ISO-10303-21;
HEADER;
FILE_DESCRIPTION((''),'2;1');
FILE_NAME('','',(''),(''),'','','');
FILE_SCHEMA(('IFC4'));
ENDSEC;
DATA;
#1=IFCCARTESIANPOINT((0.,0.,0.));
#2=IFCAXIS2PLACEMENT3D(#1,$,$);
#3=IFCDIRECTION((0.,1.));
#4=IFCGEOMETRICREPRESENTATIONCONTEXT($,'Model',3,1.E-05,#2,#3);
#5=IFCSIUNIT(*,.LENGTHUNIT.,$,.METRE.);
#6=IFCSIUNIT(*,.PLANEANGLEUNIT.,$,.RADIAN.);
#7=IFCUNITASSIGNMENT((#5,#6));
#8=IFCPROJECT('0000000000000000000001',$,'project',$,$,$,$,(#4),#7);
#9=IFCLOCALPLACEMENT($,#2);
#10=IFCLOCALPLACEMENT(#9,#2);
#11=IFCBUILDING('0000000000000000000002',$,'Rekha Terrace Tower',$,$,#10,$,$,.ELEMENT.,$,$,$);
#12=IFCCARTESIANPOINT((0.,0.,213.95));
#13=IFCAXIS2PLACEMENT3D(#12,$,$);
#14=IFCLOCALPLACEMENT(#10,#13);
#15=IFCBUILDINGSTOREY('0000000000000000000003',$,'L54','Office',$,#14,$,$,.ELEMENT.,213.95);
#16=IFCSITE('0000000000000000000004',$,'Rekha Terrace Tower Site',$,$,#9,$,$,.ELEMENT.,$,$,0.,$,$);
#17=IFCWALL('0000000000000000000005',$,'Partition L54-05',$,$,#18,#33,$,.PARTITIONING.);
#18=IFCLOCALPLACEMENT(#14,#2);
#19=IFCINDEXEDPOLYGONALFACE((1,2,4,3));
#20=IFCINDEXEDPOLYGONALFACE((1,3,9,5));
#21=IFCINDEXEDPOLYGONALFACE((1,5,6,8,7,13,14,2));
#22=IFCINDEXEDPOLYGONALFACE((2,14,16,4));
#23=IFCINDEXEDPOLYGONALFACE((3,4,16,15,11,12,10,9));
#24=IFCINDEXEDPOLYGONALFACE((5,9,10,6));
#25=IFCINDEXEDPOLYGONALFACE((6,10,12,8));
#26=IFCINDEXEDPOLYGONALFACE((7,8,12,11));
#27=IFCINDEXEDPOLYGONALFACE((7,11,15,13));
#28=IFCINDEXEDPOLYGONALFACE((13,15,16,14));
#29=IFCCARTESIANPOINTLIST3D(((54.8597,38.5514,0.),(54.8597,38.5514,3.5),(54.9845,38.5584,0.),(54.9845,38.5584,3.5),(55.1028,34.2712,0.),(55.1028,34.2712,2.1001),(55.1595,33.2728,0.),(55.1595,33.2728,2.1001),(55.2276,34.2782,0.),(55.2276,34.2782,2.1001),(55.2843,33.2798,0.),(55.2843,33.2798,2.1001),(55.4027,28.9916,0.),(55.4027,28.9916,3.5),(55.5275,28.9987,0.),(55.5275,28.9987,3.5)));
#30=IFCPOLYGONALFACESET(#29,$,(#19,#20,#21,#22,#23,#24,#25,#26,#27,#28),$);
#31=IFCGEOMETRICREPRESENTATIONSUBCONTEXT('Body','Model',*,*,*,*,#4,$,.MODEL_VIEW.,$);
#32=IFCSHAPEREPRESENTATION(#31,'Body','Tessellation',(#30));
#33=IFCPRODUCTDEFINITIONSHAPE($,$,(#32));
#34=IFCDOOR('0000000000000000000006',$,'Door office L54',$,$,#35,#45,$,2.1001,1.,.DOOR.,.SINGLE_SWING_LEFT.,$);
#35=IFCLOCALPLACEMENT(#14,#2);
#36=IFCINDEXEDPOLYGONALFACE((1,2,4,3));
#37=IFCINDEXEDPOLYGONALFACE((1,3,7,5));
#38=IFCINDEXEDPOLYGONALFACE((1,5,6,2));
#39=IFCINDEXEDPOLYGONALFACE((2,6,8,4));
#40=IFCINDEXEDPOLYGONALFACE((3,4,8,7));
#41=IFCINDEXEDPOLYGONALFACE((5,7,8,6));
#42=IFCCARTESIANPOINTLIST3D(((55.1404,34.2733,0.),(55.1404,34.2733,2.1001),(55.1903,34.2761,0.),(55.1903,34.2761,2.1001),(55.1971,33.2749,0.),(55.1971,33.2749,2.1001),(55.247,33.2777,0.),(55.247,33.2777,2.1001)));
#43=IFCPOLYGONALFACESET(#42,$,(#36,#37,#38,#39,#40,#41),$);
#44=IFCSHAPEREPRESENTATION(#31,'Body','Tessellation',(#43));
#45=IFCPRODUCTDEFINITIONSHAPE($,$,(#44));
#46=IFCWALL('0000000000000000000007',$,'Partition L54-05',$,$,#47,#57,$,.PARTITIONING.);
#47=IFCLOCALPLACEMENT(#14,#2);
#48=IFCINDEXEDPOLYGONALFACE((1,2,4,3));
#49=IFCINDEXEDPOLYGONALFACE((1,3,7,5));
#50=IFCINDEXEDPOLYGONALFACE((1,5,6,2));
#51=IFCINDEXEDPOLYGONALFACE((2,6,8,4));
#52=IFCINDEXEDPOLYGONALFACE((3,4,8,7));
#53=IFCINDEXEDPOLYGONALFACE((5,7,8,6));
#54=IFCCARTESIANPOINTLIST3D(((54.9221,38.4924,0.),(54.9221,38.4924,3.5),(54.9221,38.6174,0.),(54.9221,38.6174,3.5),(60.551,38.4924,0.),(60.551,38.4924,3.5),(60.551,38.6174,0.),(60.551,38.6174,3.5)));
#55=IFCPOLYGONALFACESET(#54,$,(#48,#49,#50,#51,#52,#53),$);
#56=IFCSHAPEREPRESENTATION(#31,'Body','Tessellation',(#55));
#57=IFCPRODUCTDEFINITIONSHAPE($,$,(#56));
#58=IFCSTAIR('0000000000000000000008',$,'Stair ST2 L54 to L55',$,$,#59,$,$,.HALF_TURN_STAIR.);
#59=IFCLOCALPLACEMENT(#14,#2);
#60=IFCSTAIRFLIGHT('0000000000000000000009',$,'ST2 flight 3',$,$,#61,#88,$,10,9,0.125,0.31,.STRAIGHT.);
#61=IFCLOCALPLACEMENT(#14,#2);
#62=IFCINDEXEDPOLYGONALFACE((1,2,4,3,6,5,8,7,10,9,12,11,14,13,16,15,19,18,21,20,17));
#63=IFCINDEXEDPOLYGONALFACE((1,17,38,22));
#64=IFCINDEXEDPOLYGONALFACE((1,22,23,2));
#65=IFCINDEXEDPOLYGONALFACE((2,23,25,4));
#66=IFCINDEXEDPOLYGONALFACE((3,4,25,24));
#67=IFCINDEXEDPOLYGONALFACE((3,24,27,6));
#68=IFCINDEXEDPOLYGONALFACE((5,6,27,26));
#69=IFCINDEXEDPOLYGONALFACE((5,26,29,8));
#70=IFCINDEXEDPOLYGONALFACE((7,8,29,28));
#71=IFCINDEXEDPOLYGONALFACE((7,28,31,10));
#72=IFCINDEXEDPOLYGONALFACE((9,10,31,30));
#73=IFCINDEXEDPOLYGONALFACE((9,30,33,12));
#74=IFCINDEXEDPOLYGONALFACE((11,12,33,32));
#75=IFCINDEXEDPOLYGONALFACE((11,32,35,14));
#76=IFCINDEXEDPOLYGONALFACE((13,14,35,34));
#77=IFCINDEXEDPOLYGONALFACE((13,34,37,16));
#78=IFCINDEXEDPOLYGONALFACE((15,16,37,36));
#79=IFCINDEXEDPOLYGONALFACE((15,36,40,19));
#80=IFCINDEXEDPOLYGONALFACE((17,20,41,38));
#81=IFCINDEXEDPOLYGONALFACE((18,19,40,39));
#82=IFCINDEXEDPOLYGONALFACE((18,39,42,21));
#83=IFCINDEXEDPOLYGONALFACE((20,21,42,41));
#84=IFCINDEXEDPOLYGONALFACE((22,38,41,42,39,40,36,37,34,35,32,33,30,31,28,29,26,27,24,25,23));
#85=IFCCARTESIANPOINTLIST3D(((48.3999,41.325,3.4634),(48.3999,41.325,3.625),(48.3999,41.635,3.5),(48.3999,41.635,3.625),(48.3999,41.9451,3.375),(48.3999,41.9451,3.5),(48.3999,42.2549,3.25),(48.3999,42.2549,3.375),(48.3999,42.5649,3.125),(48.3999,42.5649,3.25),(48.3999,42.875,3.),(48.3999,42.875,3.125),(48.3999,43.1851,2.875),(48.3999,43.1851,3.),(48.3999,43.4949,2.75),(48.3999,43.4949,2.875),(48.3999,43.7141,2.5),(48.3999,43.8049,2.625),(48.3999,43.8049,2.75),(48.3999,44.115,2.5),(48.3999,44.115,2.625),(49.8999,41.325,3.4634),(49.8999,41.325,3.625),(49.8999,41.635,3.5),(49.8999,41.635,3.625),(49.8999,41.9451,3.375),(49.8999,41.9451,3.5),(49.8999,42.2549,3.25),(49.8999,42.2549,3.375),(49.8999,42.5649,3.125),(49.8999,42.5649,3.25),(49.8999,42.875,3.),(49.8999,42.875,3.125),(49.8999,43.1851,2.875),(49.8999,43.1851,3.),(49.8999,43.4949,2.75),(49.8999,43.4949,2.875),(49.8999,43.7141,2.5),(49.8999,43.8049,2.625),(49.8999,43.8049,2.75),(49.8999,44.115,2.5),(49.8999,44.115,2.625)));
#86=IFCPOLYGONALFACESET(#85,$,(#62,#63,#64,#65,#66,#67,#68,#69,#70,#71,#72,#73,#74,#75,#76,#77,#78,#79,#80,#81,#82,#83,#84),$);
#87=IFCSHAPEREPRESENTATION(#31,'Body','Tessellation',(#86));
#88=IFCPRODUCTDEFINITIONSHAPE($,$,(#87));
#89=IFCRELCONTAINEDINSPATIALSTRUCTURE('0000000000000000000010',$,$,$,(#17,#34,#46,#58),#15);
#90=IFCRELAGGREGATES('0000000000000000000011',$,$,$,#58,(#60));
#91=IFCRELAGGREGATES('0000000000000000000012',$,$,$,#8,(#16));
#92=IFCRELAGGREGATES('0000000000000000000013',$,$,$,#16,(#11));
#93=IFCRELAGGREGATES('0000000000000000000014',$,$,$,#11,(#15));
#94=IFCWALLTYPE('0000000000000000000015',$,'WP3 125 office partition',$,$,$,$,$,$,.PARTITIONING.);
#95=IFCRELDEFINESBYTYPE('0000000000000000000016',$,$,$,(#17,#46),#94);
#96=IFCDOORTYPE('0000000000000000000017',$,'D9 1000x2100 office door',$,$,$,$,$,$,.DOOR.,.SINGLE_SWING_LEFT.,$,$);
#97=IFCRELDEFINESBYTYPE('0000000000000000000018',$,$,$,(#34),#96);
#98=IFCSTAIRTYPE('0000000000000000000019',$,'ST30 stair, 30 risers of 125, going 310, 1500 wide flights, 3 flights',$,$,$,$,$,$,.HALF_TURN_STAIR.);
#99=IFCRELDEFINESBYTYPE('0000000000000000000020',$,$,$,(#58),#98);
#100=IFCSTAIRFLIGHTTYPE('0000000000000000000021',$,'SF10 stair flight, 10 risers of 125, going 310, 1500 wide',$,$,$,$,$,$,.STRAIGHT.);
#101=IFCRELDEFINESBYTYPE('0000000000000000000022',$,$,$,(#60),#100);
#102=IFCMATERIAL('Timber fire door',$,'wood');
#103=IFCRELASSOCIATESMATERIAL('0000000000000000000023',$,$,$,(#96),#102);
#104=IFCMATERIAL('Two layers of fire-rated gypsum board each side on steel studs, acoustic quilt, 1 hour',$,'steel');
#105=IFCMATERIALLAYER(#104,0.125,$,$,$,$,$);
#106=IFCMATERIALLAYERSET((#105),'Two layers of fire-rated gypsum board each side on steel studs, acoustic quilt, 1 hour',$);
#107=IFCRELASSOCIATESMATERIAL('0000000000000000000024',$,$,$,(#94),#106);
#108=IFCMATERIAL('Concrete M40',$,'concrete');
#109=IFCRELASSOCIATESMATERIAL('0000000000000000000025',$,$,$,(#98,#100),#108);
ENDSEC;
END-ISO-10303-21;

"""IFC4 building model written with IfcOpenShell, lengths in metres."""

from ifc_helpers import new_model, si_unit, direction, frame, frame_2d, origin, place, context, subcontext, project, spatial, polyline, rectangle, outline, extrude, material, layer, layer_set, type_object, element, fill, aggregate, save


model = new_model("IFC4")

# Units and contexts
model_context = context("Model", 3, precision=1e-05, world=origin(), true_north=direction((0.0, 1.0)))
body_context = subcontext(model_context, "Body", "Model", "MODEL_VIEW")
ifc_project = project(units=[si_unit("LENGTHUNIT", "METRE"), si_unit("PLANEANGLEUNIT", "RADIAN")], contexts=[model_context])

# Site, building, storey
site_placement = place(None, origin())
site = spatial("IfcSite", under=ifc_project, at=site_placement, Name="Rekha Terrace Tower Site", CompositionType="ELEMENT", RefElevation=0.0)
building_placement = place(site_placement, origin())
building = spatial("IfcBuilding", under=site, at=building_placement, Name="Rekha Terrace Tower", CompositionType="ELEMENT")
storey_placement = place(building_placement, frame((0.0, 0.0, 213.95)))
storey = spatial("IfcBuildingStorey", under=building, at=storey_placement, Name="L54", Description="Office", CompositionType="ELEMENT", Elevation=213.95)

# Shared definitions
ifc_material_1 = material(Name="Timber fire door", Category="wood")
door_type = type_object("IfcDoorType", Name="D9 1000x2100 office door", OperationType="SINGLE_SWING_LEFT", PredefinedType="DOOR", material=ifc_material_1)

# Shared definitions
ifc_material_2 = material(Name="Two layers of fire-rated gypsum board each side on steel studs, acoustic quilt, 1 hour", Category="steel")
ifc_layer_1 = layer(ifc_material_2, 0.125)
ifc_layer_set_1 = layer_set([ifc_layer_1], Name="Two layers of fire-rated gypsum board each side on steel studs, acoustic quilt, 1 hour")
wall_type_1 = type_object("IfcWallType", Name="WP3 125 office partition", PredefinedType="PARTITIONING", material=ifc_layer_set_1)

# Wall, opening, door
wall_1_placement = place(storey_placement, frame((55.4651, 28.9951, 0.0), z_axis=(0.0, 0.0, 1.0), x_axis=(-0.056706, 0.998391, 0.0)))
wall_1 = element("IfcWall", 1, at=wall_1_placement, inside=storey, type_object=wall_type_1, Name="Partition L54-05", PredefinedType="PARTITIONING", context=body_context, shape_type="SweptSolid", body=[
    extrude(rectangle(XDim=9.5752, YDim=0.125, at=frame_2d((4.7876, 0.0))), origin(), (0.0, 0.0, 1.0), 3.5),
])
opening_1_placement = place(wall_1_placement, frame((4.2881, 0.0, 0.0)))
opening_1 = element("IfcOpeningElement", 2, at=opening_1_placement, cuts=wall_1, PredefinedType="OPENING", context=body_context, shape_type="SweptSolid", body=[
    extrude(rectangle(XDim=1.0, YDim=2.1001, at=frame_2d((0.5, 1.05))), frame((0.0, 0.0725, 0.0), z_axis=(0.0, -1.0, 0.0), x_axis=(1.0, 0.0, 0.0)), (0.0, 0.0, 1.0), 0.145),
])
door_1_placement = place(opening_1_placement, origin())
door_1 = element("IfcDoor", 3, at=door_1_placement, inside=storey, type_object=door_type, Name="Door office L54", OperationType="SINGLE_SWING_LEFT", OverallHeight=2.1001, OverallWidth=1.0, PredefinedType="DOOR", context=body_context, shape_type="SweptSolid", body=[
    extrude(rectangle(XDim=1.0, YDim=2.1001, at=frame_2d((0.5, 1.05))), frame((0.0, 0.0249, 0.0), z_axis=(0.0, -1.0, 0.0), x_axis=(1.0, 0.0, 0.0)), (0.0, 0.0, 1.0), 0.05),
])
fill(opening_1, door_1)

# Wall
wall_2_placement = place(storey_placement, frame((54.9221, 38.5549, 0.0), z_axis=(0.0, 0.0, 1.0), x_axis=(1.0, 0.0, 0.0)))
element("IfcWall", 4, at=wall_2_placement, inside=storey, type_object=wall_type_1, Name="Partition L54-05", PredefinedType="PARTITIONING", context=body_context, shape_type="SweptSolid", body=[
    extrude(rectangle(XDim=5.6289, YDim=0.125, at=frame_2d((2.8145, 0.0))), origin(), (0.0, 0.0, 1.0), 3.5),
])

# Stair, stair flight
ifc_material_3 = material(Name="Concrete M40", Category="concrete")
stair_type = type_object("IfcStairType", Name="ST30 stair, 30 risers of 125, going 310, 1500 wide flights, 3 flights", PredefinedType="HALF_TURN_STAIR", material=ifc_material_3)
stair_placement = place(storey_placement, origin())
stair = element("IfcStair", 5, at=stair_placement, inside=storey, type_object=stair_type, Name="Stair ST2 L54 to L55", PredefinedType="HALF_TURN_STAIR")
stair_flight_type = type_object("IfcStairFlightType", Name="SF10 stair flight, 10 risers of 125, going 310, 1500 wide", PredefinedType="STRAIGHT", material=ifc_material_3)
stair_flight_placement = place(storey_placement, frame((49.1499, 44.115, 2.5), z_axis=(0.0, 0.0, 1.0), x_axis=(0.0, -1.0, 0.0)))
stair_flight = element("IfcStairFlight", 6, at=stair_flight_placement, type_object=stair_flight_type, Name="ST2 flight 3", NumberOfRisers=10, NumberOfTreads=9, PredefinedType="STRAIGHT", RiserHeight=0.125, TreadLength=0.31, context=body_context, shape_type="SweptSolid", body=[
    extrude(outline(polyline([(0.0, 0.0), (0.0, 0.125), (0.3101, 0.125), (0.3101, 0.25), (0.6201, 0.25), (0.6201, 0.375), (0.9299, 0.375), (0.9299, 0.5), (1.24, 0.5), (1.24, 0.625), (1.55, 0.625), (1.55, 0.75), (1.8601, 0.75), (1.8601, 0.875), (2.1699, 0.875), (2.1699, 1.0), (2.48, 1.0), (2.48, 1.125), (2.79, 1.125), (2.79, 1.25), (2.79, 0.9634), (0.4009, 0.0), (0.0, 0.0)])), frame((0.0, 0.75, 0.0), z_axis=(0.0, -1.0, 0.0), x_axis=(1.0, 0.0, 0.0)), (0.0, 0.0, 1.0), 1.5),
])
aggregate(stair, [stair_flight])

save(model, "model.ifc")
